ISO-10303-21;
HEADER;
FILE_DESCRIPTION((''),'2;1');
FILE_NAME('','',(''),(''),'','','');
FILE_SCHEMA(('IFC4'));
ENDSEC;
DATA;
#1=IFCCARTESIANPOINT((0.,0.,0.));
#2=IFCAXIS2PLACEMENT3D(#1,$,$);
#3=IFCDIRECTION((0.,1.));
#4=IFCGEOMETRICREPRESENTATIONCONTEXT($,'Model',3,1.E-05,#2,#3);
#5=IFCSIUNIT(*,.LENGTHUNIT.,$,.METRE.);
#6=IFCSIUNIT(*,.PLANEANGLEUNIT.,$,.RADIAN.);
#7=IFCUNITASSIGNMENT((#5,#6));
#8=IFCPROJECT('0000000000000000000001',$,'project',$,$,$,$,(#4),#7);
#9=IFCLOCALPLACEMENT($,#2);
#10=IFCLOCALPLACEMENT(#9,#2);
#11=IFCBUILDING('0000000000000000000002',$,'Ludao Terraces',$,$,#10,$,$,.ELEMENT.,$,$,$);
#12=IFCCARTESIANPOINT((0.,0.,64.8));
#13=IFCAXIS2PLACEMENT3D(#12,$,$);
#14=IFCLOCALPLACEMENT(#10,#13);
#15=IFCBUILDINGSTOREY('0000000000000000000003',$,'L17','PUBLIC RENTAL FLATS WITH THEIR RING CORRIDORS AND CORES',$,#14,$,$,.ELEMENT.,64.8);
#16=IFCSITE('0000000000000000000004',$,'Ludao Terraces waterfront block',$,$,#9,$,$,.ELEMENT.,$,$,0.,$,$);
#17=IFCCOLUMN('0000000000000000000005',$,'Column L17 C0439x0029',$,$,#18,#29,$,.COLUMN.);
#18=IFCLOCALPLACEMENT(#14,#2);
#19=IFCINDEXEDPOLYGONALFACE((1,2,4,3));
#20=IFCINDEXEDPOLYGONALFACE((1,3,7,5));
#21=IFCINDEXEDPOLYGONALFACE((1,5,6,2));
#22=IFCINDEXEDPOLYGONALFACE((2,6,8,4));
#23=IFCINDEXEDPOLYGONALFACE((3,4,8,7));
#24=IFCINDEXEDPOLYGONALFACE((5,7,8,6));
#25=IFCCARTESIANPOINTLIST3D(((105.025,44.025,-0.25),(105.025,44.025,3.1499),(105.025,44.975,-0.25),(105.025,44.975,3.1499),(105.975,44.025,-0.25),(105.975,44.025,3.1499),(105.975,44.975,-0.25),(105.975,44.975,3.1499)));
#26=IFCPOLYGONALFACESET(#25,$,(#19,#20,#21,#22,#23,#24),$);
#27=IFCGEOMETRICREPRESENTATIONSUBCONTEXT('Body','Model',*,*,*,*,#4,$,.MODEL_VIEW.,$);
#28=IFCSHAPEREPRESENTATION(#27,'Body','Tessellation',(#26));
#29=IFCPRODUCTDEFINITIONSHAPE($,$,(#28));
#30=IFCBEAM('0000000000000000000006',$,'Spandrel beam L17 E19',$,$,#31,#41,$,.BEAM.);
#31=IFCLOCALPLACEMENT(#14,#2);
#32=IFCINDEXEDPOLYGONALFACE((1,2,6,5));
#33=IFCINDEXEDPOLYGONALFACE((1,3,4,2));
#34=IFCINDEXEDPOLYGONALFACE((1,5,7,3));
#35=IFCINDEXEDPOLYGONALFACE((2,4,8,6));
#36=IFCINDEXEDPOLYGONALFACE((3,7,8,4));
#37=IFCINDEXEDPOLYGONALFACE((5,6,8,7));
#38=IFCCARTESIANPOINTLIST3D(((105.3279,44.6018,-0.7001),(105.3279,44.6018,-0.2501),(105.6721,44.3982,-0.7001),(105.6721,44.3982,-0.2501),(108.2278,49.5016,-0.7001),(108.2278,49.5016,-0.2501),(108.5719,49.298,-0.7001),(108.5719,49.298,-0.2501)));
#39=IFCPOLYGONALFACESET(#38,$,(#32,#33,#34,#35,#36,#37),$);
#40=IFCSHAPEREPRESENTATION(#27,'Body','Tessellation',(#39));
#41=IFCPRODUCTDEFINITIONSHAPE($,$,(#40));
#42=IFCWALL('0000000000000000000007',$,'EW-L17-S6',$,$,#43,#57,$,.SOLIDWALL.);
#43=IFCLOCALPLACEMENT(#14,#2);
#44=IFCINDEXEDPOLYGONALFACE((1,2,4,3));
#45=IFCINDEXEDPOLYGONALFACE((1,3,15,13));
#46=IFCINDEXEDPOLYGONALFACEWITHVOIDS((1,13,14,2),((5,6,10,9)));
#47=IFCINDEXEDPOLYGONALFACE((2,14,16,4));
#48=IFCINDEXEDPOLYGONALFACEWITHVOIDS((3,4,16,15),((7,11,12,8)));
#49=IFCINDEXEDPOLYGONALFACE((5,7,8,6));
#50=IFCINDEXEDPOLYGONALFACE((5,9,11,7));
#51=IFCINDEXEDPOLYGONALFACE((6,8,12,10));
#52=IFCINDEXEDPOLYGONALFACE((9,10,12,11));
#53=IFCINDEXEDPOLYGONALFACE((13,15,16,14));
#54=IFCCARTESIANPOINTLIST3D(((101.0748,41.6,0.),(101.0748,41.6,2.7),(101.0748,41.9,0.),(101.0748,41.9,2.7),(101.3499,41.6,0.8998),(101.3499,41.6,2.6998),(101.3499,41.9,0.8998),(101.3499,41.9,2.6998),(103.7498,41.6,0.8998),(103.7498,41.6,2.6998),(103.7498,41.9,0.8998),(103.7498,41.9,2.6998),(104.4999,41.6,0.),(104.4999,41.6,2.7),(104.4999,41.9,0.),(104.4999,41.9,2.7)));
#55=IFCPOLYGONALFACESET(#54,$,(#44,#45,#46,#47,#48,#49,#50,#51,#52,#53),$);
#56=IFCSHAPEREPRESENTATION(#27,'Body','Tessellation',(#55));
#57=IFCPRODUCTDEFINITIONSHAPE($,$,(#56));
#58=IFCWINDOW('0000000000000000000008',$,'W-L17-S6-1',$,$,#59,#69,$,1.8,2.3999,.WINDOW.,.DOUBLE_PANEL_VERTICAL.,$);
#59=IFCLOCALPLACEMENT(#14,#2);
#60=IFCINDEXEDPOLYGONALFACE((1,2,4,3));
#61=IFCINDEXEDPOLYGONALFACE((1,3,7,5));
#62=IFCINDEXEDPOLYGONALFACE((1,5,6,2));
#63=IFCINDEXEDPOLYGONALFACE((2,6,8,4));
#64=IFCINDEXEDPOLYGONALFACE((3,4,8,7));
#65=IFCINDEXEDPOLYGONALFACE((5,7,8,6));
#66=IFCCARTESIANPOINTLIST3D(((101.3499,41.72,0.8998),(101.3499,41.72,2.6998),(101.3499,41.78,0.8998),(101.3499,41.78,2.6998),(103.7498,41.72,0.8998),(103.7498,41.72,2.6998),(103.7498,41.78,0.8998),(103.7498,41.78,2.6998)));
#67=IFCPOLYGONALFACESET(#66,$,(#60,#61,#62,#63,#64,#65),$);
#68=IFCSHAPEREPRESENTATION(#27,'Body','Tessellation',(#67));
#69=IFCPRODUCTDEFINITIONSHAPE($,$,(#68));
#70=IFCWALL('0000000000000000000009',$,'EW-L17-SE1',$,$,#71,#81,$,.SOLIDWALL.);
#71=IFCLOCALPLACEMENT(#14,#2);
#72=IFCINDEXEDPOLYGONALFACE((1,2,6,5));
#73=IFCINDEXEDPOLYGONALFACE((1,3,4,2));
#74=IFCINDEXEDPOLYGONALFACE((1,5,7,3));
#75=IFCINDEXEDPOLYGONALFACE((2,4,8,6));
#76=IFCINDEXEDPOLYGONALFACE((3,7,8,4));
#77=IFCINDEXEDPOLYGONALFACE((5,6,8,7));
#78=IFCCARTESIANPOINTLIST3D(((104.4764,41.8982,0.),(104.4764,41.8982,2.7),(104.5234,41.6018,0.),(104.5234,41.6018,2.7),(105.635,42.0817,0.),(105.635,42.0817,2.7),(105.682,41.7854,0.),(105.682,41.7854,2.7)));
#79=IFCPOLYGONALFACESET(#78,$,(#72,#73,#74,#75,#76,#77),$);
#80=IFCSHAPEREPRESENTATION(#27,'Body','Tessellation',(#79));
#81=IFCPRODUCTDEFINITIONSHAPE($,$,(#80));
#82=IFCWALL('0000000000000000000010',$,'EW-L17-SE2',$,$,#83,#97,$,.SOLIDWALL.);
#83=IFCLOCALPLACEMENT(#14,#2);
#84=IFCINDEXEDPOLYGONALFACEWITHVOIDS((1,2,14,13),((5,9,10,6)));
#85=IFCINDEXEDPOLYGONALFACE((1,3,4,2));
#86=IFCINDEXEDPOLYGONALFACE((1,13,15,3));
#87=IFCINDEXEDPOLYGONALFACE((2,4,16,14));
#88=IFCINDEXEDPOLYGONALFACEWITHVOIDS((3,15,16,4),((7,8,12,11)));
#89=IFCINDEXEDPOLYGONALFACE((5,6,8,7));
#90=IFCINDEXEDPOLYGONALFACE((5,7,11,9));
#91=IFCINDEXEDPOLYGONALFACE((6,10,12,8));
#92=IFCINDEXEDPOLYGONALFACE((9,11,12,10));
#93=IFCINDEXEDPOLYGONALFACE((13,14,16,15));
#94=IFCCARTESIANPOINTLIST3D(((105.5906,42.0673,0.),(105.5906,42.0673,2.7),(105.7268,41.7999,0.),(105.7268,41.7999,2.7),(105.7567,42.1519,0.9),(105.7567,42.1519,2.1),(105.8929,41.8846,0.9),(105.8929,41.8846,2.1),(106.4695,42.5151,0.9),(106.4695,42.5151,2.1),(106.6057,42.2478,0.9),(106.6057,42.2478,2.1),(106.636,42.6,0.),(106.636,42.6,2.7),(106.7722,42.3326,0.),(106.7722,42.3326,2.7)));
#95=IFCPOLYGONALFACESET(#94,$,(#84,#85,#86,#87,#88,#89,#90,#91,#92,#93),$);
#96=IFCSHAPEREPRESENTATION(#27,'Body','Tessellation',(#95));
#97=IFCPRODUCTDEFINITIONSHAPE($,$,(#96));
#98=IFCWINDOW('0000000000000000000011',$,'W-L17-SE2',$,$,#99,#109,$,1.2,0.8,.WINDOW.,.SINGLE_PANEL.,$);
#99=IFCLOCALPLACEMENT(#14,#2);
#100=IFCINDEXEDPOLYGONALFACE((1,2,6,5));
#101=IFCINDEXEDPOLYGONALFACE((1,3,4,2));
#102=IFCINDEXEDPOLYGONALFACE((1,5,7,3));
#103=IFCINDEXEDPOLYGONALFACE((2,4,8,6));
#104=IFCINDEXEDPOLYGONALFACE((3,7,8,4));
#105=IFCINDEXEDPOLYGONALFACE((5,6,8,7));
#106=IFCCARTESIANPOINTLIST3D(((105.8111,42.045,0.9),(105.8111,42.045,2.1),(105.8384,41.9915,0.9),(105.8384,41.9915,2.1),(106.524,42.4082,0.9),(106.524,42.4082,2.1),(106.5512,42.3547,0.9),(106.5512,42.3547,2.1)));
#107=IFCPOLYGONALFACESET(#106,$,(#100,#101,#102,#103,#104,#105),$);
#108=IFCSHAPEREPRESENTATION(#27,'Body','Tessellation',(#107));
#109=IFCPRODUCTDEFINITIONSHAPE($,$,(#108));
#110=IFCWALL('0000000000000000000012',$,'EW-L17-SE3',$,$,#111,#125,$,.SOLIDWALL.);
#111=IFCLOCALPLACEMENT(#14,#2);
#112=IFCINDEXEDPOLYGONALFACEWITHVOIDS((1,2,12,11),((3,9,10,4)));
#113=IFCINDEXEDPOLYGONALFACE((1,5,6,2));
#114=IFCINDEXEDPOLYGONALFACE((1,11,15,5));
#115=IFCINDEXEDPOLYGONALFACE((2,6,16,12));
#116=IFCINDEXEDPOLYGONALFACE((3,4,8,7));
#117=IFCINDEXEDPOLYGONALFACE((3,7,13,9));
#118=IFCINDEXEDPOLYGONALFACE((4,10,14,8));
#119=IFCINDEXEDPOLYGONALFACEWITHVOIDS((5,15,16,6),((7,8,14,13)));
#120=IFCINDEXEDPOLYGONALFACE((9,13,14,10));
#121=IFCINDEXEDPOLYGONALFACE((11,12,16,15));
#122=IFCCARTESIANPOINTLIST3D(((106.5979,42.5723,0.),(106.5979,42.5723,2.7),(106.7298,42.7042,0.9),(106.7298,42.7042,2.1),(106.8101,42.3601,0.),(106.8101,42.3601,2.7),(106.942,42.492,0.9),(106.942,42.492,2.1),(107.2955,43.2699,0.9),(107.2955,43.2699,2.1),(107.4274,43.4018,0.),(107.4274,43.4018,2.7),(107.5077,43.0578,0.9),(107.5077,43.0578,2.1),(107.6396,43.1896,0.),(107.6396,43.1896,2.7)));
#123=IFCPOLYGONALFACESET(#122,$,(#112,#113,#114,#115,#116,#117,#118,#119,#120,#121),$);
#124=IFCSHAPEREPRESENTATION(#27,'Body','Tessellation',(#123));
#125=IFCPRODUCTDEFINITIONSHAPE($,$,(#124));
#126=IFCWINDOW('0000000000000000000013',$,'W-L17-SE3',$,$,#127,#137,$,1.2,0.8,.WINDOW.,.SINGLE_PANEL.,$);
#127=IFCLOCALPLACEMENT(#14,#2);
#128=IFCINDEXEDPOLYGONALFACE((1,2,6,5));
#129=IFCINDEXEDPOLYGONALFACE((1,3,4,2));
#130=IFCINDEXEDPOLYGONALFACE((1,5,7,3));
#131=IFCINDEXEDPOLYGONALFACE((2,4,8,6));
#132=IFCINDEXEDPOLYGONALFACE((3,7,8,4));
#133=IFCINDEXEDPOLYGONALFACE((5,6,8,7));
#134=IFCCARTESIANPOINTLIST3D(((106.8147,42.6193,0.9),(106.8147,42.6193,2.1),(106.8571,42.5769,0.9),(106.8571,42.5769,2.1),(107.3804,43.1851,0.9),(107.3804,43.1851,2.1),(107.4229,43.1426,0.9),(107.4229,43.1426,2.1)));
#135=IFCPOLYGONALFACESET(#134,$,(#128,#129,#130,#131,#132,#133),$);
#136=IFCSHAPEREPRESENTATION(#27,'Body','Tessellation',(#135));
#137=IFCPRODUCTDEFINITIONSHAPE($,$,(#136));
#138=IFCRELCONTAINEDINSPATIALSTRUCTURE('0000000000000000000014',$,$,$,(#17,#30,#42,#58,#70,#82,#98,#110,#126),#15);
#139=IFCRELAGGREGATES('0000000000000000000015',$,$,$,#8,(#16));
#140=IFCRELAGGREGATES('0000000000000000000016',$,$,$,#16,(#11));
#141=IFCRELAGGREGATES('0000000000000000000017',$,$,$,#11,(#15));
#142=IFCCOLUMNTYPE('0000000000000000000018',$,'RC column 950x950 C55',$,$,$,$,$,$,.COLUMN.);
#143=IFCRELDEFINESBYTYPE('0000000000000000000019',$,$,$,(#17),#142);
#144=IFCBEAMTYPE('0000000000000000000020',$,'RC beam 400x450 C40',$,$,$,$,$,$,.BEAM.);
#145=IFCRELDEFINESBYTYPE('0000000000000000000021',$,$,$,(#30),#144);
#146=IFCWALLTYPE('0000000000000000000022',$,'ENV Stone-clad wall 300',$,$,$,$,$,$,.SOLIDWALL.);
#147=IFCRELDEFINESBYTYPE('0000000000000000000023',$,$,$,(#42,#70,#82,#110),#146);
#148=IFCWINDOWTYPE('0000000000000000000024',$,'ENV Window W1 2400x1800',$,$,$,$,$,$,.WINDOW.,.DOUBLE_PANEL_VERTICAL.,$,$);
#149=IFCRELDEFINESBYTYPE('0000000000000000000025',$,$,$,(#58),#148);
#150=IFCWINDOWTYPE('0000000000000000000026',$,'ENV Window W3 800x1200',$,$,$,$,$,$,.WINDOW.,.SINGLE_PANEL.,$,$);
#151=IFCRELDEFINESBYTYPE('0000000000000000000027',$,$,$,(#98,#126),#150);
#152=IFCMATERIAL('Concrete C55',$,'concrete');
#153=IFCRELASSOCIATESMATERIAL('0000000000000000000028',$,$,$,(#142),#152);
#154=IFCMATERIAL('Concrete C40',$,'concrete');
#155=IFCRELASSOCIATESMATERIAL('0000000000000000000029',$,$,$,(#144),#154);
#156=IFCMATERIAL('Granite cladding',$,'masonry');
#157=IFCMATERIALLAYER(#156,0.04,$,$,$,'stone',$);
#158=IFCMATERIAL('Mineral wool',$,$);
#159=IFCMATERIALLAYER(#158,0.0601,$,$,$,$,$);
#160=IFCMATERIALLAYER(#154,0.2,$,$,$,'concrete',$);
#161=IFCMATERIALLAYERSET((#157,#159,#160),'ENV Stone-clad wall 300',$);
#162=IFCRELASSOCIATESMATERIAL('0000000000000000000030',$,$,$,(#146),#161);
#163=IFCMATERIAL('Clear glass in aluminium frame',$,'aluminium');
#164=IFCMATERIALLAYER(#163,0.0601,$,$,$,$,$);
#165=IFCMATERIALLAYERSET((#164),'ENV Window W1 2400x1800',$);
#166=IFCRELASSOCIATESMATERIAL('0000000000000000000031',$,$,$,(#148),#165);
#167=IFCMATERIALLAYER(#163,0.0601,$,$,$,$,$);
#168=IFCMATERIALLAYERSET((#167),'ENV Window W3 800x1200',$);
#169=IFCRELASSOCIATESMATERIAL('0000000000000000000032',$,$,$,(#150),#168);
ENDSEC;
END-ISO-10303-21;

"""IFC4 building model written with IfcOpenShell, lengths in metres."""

from ifc_helpers import new_model, si_unit, direction, frame, frame_2d, origin, origin_2d, place, context, subcontext, project, spatial, rectangle, extrude, material, layer, layer_set, material_profile, profile_set, type_object, element, fill, save


model = new_model("IFC4")

# Units and contexts
model_context = context("Model", 3, precision=1e-05, world=origin(), true_north=direction((0.0, 1.0)))
body_context = subcontext(model_context, "Body", "Model", "MODEL_VIEW")
ifc_project = project(units=[si_unit("LENGTHUNIT", "METRE"), si_unit("PLANEANGLEUNIT", "RADIAN")], contexts=[model_context])

# Site, building, storey
site_placement = place(None, origin())
site = spatial("IfcSite", under=ifc_project, at=site_placement, Name="Ludao Terraces waterfront block", CompositionType="ELEMENT", RefElevation=0.0)
building_placement = place(site_placement, origin())
building = spatial("IfcBuilding", under=site, at=building_placement, Name="Ludao Terraces", CompositionType="ELEMENT")
storey_placement = place(building_placement, frame((0.0, 0.0, 64.8)))
storey = spatial("IfcBuildingStorey", under=building, at=storey_placement, Name="L17", Description="PUBLIC RENTAL FLATS WITH THEIR RING CORRIDORS AND CORES", CompositionType="ELEMENT", Elevation=64.8)

# Column
ifc_material_1 = material(Name="Concrete C55", Category="concrete")
ifc_material_profile_1 = material_profile(ifc_material_1, rectangle(XDim=0.95, YDim=0.95, at=origin_2d()), Name="950 X 950")
ifc_profile_set_1 = profile_set([ifc_material_profile_1], Name="Concrete C55")
column_type = type_object("IfcColumnType", Name="RC column 950x950 C55", PredefinedType="COLUMN", material=ifc_profile_set_1)
column_placement = place(storey_placement, frame((105.5, 44.5, -0.25), z_axis=(0.0, 0.0, 1.0), x_axis=(1.0, 0.0, 0.0)))
element("IfcColumn", 1, at=column_placement, inside=storey, type_object=column_type, Name="Column L17 C0439x0029", PredefinedType="COLUMN", context=body_context, shape_type="SweptSolid", body=[
    extrude(rectangle(XDim=0.95, YDim=0.95, at=origin_2d()), origin(), (0.0, 0.0, 1.0), 3.3999),
])

# Beam
ifc_material_2 = material(Name="Concrete C40", Category="concrete")
ifc_material_profile_2 = material_profile(ifc_material_2, rectangle(XDim=0.3999, YDim=0.45, at=origin_2d()), Name="400 X 450")
ifc_profile_set_2 = profile_set([ifc_material_profile_2], Name="Concrete C40")
beam_type = type_object("IfcBeamType", Name="RC beam 400x450 C40", PredefinedType="BEAM", material=ifc_profile_set_2)
beam_placement = place(storey_placement, frame((105.5, 44.5, -0.4751), z_axis=(0.509316, 0.86058, 0.0), x_axis=(-0.86058, 0.509316, 0.0)))
element("IfcBeam", 2, at=beam_placement, inside=storey, type_object=beam_type, Name="Spandrel beam L17 E19", PredefinedType="BEAM", context=body_context, shape_type="SweptSolid", body=[
    extrude(rectangle(XDim=0.3999, YDim=0.45, at=origin_2d()), origin(), (0.0, 0.0, 1.0), 5.6936),
])

# Wall, opening, window
ifc_material_3 = material(Name="Granite cladding", Category="masonry")
ifc_layer_1 = layer(ifc_material_3, 0.04, Category="stone")
ifc_material_4 = material(Name="Mineral wool")
ifc_layer_2 = layer(ifc_material_4, 0.0601)
ifc_layer_3 = layer(ifc_material_2, 0.2, Category="concrete")
ifc_layer_set_1 = layer_set([ifc_layer_1, ifc_layer_2, ifc_layer_3], Name="ENV Stone-clad wall 300")
wall_type_1 = type_object("IfcWallType", Name="ENV Stone-clad wall 300", PredefinedType="SOLIDWALL", material=ifc_layer_set_1)
wall_1_placement = place(storey_placement, frame((101.075, 41.75, 0.0), z_axis=(0.0, 0.0, 1.0), x_axis=(1.0, 0.0, 0.0)))
wall_1 = element("IfcWall", 3, at=wall_1_placement, inside=storey, type_object=wall_type_1, Name="EW-L17-S6", PredefinedType="SOLIDWALL", context=body_context, shape_type="SweptSolid", body=[
    extrude(rectangle(XDim=3.425, YDim=0.3, at=frame_2d((1.7124, 0.0))), origin(), (0.0, 0.0, 1.0), 2.7),
])
opening_1_placement = place(wall_1_placement, frame((0.2749, 0.0, 0.8999)))
opening_1 = element("IfcOpeningElement", 4, at=opening_1_placement, cuts=wall_1, PredefinedType="OPENING", context=body_context, shape_type="SweptSolid", body=[
    extrude(rectangle(XDim=2.3999, YDim=1.8, at=frame_2d((1.2, 0.8999))), frame((0.0, 0.1602, 0.0), z_axis=(0.0, -1.0, 0.0), x_axis=(1.0, 0.0, 0.0)), (0.0, 0.0, 1.0), 0.3201),
])
ifc_material_5 = material(Name="Clear glass in aluminium frame", Category="aluminium")
ifc_layer_4 = layer(ifc_material_5, 0.0601)
ifc_layer_set_2 = layer_set([ifc_layer_4], Name="ENV Window W1 2400x1800")
window_type_1 = type_object("IfcWindowType", Name="ENV Window W1 2400x1800", PartitioningType="DOUBLE_PANEL_VERTICAL", PredefinedType="WINDOW", material=ifc_layer_set_2)
window_1_placement = place(opening_1_placement, origin())
window_1 = element("IfcWindow", 5, at=window_1_placement, inside=storey, type_object=window_type_1, Name="W-L17-S6-1", OverallHeight=1.8, OverallWidth=2.3999, PartitioningType="DOUBLE_PANEL_VERTICAL", PredefinedType="WINDOW", context=body_context, shape_type="SweptSolid", body=[
    extrude(rectangle(XDim=2.3999, YDim=1.8, at=frame_2d((1.2, 0.8999))), frame((0.0, 0.03, 0.0), z_axis=(0.0, -1.0, 0.0), x_axis=(1.0, 0.0, 0.0)), (0.0, 0.0, 1.0), 0.0601),
])
fill(opening_1, window_1)

# Wall
wall_2_placement = place(storey_placement, frame((104.5, 41.75, 0.0), z_axis=(0.0, 0.0, 1.0), x_axis=(0.987678, 0.156497, 0.0)))
element("IfcWall", 6, at=wall_2_placement, inside=storey, type_object=wall_type_1, Name="EW-L17-SE1", PredefinedType="SOLIDWALL", context=body_context, shape_type="SweptSolid", body=[
    extrude(rectangle(XDim=1.1731, YDim=0.3, at=frame_2d((0.5864, 0.0))), origin(), (0.0, 0.0, 1.0), 2.7),
])

# Walls, openings, windows
wall_3_placement = place(storey_placement, frame((105.6587, 41.9336, 0.0), z_axis=(0.0, 0.0, 1.0), x_axis=(0.890989, 0.454026, 0.0)))
wall_3 = element("IfcWall", 7, at=wall_3_placement, inside=storey, type_object=wall_type_1, Name="EW-L17-SE2", PredefinedType="SOLIDWALL", context=body_context, shape_type="SweptSolid", body=[
    extrude(rectangle(XDim=1.1733, YDim=0.3, at=frame_2d((0.5867, 0.0))), origin(), (0.0, 0.0, 1.0), 2.7),
])
opening_2_placement = place(wall_3_placement, frame((0.1865, 0.0, 0.8999)))
opening_2 = element("IfcOpeningElement", 8, at=opening_2_placement, cuts=wall_3, PredefinedType="OPENING", context=body_context, shape_type="SweptSolid", body=[
    extrude(rectangle(XDim=0.8, YDim=1.2, at=frame_2d((0.3999, 0.6001))), frame((0.0, 0.1602, 0.0), z_axis=(0.0, -1.0, 0.0), x_axis=(1.0, 0.0, 0.0)), (0.0, 0.0, 1.0), 0.3201),
])
ifc_layer_5 = layer(ifc_material_5, 0.0601)
ifc_layer_set_3 = layer_set([ifc_layer_5], Name="ENV Window W3 800x1200")
window_type_2 = type_object("IfcWindowType", Name="ENV Window W3 800x1200", PartitioningType="SINGLE_PANEL", PredefinedType="WINDOW", material=ifc_layer_set_3)
window_2_placement = place(opening_2_placement, origin())
window_2 = element("IfcWindow", 9, at=window_2_placement, inside=storey, type_object=window_type_2, Name="W-L17-SE2", OverallHeight=1.2, OverallWidth=0.8, PartitioningType="SINGLE_PANEL", PredefinedType="WINDOW", context=body_context, shape_type="SweptSolid", body=[
    extrude(rectangle(XDim=0.8, YDim=1.2, at=frame_2d((0.3999, 0.6001))), frame((0.0, 0.03, 0.0), z_axis=(0.0, -1.0, 0.0), x_axis=(1.0, 0.0, 0.0)), (0.0, 0.0, 1.0), 0.0601),
])
fill(opening_2, window_2)
wall_4_placement = place(storey_placement, frame((106.7041, 42.4663, 0.0), z_axis=(0.0, 0.0, 1.0), x_axis=(0.707107, 0.707107, 0.0)))
wall_4 = element("IfcWall", 10, at=wall_4_placement, inside=storey, type_object=wall_type_1, Name="EW-L17-SE3", PredefinedType="SOLIDWALL", context=body_context, shape_type="SweptSolid", body=[
    extrude(rectangle(XDim=1.1731, YDim=0.3, at=frame_2d((0.5864, 0.0))), origin(), (0.0, 0.0, 1.0), 2.7),
])
opening_3_placement = place(wall_4_placement, frame((0.1865, 0.0, 0.8999)))
opening_3 = element("IfcOpeningElement", 11, at=opening_3_placement, cuts=wall_4, PredefinedType="OPENING", context=body_context, shape_type="SweptSolid", body=[
    extrude(rectangle(XDim=0.8, YDim=1.2, at=frame_2d((0.3999, 0.6001))), frame((0.0, 0.1602, 0.0), z_axis=(0.0, -1.0, 0.0), x_axis=(1.0, 0.0, 0.0)), (0.0, 0.0, 1.0), 0.3201),
])
window_3_placement = place(opening_3_placement, origin())
window_3 = element("IfcWindow", 12, at=window_3_placement, inside=storey, type_object=window_type_2, Name="W-L17-SE3", OverallHeight=1.2, OverallWidth=0.8, PartitioningType="SINGLE_PANEL", PredefinedType="WINDOW", context=body_context, shape_type="SweptSolid", body=[
    extrude(rectangle(XDim=0.8, YDim=1.2, at=frame_2d((0.3999, 0.6001))), frame((0.0, 0.03, 0.0), z_axis=(0.0, -1.0, 0.0), x_axis=(1.0, 0.0, 0.0)), (0.0, 0.0, 1.0), 0.0601),
])
fill(opening_3, window_3)

save(model, "model.ifc")
